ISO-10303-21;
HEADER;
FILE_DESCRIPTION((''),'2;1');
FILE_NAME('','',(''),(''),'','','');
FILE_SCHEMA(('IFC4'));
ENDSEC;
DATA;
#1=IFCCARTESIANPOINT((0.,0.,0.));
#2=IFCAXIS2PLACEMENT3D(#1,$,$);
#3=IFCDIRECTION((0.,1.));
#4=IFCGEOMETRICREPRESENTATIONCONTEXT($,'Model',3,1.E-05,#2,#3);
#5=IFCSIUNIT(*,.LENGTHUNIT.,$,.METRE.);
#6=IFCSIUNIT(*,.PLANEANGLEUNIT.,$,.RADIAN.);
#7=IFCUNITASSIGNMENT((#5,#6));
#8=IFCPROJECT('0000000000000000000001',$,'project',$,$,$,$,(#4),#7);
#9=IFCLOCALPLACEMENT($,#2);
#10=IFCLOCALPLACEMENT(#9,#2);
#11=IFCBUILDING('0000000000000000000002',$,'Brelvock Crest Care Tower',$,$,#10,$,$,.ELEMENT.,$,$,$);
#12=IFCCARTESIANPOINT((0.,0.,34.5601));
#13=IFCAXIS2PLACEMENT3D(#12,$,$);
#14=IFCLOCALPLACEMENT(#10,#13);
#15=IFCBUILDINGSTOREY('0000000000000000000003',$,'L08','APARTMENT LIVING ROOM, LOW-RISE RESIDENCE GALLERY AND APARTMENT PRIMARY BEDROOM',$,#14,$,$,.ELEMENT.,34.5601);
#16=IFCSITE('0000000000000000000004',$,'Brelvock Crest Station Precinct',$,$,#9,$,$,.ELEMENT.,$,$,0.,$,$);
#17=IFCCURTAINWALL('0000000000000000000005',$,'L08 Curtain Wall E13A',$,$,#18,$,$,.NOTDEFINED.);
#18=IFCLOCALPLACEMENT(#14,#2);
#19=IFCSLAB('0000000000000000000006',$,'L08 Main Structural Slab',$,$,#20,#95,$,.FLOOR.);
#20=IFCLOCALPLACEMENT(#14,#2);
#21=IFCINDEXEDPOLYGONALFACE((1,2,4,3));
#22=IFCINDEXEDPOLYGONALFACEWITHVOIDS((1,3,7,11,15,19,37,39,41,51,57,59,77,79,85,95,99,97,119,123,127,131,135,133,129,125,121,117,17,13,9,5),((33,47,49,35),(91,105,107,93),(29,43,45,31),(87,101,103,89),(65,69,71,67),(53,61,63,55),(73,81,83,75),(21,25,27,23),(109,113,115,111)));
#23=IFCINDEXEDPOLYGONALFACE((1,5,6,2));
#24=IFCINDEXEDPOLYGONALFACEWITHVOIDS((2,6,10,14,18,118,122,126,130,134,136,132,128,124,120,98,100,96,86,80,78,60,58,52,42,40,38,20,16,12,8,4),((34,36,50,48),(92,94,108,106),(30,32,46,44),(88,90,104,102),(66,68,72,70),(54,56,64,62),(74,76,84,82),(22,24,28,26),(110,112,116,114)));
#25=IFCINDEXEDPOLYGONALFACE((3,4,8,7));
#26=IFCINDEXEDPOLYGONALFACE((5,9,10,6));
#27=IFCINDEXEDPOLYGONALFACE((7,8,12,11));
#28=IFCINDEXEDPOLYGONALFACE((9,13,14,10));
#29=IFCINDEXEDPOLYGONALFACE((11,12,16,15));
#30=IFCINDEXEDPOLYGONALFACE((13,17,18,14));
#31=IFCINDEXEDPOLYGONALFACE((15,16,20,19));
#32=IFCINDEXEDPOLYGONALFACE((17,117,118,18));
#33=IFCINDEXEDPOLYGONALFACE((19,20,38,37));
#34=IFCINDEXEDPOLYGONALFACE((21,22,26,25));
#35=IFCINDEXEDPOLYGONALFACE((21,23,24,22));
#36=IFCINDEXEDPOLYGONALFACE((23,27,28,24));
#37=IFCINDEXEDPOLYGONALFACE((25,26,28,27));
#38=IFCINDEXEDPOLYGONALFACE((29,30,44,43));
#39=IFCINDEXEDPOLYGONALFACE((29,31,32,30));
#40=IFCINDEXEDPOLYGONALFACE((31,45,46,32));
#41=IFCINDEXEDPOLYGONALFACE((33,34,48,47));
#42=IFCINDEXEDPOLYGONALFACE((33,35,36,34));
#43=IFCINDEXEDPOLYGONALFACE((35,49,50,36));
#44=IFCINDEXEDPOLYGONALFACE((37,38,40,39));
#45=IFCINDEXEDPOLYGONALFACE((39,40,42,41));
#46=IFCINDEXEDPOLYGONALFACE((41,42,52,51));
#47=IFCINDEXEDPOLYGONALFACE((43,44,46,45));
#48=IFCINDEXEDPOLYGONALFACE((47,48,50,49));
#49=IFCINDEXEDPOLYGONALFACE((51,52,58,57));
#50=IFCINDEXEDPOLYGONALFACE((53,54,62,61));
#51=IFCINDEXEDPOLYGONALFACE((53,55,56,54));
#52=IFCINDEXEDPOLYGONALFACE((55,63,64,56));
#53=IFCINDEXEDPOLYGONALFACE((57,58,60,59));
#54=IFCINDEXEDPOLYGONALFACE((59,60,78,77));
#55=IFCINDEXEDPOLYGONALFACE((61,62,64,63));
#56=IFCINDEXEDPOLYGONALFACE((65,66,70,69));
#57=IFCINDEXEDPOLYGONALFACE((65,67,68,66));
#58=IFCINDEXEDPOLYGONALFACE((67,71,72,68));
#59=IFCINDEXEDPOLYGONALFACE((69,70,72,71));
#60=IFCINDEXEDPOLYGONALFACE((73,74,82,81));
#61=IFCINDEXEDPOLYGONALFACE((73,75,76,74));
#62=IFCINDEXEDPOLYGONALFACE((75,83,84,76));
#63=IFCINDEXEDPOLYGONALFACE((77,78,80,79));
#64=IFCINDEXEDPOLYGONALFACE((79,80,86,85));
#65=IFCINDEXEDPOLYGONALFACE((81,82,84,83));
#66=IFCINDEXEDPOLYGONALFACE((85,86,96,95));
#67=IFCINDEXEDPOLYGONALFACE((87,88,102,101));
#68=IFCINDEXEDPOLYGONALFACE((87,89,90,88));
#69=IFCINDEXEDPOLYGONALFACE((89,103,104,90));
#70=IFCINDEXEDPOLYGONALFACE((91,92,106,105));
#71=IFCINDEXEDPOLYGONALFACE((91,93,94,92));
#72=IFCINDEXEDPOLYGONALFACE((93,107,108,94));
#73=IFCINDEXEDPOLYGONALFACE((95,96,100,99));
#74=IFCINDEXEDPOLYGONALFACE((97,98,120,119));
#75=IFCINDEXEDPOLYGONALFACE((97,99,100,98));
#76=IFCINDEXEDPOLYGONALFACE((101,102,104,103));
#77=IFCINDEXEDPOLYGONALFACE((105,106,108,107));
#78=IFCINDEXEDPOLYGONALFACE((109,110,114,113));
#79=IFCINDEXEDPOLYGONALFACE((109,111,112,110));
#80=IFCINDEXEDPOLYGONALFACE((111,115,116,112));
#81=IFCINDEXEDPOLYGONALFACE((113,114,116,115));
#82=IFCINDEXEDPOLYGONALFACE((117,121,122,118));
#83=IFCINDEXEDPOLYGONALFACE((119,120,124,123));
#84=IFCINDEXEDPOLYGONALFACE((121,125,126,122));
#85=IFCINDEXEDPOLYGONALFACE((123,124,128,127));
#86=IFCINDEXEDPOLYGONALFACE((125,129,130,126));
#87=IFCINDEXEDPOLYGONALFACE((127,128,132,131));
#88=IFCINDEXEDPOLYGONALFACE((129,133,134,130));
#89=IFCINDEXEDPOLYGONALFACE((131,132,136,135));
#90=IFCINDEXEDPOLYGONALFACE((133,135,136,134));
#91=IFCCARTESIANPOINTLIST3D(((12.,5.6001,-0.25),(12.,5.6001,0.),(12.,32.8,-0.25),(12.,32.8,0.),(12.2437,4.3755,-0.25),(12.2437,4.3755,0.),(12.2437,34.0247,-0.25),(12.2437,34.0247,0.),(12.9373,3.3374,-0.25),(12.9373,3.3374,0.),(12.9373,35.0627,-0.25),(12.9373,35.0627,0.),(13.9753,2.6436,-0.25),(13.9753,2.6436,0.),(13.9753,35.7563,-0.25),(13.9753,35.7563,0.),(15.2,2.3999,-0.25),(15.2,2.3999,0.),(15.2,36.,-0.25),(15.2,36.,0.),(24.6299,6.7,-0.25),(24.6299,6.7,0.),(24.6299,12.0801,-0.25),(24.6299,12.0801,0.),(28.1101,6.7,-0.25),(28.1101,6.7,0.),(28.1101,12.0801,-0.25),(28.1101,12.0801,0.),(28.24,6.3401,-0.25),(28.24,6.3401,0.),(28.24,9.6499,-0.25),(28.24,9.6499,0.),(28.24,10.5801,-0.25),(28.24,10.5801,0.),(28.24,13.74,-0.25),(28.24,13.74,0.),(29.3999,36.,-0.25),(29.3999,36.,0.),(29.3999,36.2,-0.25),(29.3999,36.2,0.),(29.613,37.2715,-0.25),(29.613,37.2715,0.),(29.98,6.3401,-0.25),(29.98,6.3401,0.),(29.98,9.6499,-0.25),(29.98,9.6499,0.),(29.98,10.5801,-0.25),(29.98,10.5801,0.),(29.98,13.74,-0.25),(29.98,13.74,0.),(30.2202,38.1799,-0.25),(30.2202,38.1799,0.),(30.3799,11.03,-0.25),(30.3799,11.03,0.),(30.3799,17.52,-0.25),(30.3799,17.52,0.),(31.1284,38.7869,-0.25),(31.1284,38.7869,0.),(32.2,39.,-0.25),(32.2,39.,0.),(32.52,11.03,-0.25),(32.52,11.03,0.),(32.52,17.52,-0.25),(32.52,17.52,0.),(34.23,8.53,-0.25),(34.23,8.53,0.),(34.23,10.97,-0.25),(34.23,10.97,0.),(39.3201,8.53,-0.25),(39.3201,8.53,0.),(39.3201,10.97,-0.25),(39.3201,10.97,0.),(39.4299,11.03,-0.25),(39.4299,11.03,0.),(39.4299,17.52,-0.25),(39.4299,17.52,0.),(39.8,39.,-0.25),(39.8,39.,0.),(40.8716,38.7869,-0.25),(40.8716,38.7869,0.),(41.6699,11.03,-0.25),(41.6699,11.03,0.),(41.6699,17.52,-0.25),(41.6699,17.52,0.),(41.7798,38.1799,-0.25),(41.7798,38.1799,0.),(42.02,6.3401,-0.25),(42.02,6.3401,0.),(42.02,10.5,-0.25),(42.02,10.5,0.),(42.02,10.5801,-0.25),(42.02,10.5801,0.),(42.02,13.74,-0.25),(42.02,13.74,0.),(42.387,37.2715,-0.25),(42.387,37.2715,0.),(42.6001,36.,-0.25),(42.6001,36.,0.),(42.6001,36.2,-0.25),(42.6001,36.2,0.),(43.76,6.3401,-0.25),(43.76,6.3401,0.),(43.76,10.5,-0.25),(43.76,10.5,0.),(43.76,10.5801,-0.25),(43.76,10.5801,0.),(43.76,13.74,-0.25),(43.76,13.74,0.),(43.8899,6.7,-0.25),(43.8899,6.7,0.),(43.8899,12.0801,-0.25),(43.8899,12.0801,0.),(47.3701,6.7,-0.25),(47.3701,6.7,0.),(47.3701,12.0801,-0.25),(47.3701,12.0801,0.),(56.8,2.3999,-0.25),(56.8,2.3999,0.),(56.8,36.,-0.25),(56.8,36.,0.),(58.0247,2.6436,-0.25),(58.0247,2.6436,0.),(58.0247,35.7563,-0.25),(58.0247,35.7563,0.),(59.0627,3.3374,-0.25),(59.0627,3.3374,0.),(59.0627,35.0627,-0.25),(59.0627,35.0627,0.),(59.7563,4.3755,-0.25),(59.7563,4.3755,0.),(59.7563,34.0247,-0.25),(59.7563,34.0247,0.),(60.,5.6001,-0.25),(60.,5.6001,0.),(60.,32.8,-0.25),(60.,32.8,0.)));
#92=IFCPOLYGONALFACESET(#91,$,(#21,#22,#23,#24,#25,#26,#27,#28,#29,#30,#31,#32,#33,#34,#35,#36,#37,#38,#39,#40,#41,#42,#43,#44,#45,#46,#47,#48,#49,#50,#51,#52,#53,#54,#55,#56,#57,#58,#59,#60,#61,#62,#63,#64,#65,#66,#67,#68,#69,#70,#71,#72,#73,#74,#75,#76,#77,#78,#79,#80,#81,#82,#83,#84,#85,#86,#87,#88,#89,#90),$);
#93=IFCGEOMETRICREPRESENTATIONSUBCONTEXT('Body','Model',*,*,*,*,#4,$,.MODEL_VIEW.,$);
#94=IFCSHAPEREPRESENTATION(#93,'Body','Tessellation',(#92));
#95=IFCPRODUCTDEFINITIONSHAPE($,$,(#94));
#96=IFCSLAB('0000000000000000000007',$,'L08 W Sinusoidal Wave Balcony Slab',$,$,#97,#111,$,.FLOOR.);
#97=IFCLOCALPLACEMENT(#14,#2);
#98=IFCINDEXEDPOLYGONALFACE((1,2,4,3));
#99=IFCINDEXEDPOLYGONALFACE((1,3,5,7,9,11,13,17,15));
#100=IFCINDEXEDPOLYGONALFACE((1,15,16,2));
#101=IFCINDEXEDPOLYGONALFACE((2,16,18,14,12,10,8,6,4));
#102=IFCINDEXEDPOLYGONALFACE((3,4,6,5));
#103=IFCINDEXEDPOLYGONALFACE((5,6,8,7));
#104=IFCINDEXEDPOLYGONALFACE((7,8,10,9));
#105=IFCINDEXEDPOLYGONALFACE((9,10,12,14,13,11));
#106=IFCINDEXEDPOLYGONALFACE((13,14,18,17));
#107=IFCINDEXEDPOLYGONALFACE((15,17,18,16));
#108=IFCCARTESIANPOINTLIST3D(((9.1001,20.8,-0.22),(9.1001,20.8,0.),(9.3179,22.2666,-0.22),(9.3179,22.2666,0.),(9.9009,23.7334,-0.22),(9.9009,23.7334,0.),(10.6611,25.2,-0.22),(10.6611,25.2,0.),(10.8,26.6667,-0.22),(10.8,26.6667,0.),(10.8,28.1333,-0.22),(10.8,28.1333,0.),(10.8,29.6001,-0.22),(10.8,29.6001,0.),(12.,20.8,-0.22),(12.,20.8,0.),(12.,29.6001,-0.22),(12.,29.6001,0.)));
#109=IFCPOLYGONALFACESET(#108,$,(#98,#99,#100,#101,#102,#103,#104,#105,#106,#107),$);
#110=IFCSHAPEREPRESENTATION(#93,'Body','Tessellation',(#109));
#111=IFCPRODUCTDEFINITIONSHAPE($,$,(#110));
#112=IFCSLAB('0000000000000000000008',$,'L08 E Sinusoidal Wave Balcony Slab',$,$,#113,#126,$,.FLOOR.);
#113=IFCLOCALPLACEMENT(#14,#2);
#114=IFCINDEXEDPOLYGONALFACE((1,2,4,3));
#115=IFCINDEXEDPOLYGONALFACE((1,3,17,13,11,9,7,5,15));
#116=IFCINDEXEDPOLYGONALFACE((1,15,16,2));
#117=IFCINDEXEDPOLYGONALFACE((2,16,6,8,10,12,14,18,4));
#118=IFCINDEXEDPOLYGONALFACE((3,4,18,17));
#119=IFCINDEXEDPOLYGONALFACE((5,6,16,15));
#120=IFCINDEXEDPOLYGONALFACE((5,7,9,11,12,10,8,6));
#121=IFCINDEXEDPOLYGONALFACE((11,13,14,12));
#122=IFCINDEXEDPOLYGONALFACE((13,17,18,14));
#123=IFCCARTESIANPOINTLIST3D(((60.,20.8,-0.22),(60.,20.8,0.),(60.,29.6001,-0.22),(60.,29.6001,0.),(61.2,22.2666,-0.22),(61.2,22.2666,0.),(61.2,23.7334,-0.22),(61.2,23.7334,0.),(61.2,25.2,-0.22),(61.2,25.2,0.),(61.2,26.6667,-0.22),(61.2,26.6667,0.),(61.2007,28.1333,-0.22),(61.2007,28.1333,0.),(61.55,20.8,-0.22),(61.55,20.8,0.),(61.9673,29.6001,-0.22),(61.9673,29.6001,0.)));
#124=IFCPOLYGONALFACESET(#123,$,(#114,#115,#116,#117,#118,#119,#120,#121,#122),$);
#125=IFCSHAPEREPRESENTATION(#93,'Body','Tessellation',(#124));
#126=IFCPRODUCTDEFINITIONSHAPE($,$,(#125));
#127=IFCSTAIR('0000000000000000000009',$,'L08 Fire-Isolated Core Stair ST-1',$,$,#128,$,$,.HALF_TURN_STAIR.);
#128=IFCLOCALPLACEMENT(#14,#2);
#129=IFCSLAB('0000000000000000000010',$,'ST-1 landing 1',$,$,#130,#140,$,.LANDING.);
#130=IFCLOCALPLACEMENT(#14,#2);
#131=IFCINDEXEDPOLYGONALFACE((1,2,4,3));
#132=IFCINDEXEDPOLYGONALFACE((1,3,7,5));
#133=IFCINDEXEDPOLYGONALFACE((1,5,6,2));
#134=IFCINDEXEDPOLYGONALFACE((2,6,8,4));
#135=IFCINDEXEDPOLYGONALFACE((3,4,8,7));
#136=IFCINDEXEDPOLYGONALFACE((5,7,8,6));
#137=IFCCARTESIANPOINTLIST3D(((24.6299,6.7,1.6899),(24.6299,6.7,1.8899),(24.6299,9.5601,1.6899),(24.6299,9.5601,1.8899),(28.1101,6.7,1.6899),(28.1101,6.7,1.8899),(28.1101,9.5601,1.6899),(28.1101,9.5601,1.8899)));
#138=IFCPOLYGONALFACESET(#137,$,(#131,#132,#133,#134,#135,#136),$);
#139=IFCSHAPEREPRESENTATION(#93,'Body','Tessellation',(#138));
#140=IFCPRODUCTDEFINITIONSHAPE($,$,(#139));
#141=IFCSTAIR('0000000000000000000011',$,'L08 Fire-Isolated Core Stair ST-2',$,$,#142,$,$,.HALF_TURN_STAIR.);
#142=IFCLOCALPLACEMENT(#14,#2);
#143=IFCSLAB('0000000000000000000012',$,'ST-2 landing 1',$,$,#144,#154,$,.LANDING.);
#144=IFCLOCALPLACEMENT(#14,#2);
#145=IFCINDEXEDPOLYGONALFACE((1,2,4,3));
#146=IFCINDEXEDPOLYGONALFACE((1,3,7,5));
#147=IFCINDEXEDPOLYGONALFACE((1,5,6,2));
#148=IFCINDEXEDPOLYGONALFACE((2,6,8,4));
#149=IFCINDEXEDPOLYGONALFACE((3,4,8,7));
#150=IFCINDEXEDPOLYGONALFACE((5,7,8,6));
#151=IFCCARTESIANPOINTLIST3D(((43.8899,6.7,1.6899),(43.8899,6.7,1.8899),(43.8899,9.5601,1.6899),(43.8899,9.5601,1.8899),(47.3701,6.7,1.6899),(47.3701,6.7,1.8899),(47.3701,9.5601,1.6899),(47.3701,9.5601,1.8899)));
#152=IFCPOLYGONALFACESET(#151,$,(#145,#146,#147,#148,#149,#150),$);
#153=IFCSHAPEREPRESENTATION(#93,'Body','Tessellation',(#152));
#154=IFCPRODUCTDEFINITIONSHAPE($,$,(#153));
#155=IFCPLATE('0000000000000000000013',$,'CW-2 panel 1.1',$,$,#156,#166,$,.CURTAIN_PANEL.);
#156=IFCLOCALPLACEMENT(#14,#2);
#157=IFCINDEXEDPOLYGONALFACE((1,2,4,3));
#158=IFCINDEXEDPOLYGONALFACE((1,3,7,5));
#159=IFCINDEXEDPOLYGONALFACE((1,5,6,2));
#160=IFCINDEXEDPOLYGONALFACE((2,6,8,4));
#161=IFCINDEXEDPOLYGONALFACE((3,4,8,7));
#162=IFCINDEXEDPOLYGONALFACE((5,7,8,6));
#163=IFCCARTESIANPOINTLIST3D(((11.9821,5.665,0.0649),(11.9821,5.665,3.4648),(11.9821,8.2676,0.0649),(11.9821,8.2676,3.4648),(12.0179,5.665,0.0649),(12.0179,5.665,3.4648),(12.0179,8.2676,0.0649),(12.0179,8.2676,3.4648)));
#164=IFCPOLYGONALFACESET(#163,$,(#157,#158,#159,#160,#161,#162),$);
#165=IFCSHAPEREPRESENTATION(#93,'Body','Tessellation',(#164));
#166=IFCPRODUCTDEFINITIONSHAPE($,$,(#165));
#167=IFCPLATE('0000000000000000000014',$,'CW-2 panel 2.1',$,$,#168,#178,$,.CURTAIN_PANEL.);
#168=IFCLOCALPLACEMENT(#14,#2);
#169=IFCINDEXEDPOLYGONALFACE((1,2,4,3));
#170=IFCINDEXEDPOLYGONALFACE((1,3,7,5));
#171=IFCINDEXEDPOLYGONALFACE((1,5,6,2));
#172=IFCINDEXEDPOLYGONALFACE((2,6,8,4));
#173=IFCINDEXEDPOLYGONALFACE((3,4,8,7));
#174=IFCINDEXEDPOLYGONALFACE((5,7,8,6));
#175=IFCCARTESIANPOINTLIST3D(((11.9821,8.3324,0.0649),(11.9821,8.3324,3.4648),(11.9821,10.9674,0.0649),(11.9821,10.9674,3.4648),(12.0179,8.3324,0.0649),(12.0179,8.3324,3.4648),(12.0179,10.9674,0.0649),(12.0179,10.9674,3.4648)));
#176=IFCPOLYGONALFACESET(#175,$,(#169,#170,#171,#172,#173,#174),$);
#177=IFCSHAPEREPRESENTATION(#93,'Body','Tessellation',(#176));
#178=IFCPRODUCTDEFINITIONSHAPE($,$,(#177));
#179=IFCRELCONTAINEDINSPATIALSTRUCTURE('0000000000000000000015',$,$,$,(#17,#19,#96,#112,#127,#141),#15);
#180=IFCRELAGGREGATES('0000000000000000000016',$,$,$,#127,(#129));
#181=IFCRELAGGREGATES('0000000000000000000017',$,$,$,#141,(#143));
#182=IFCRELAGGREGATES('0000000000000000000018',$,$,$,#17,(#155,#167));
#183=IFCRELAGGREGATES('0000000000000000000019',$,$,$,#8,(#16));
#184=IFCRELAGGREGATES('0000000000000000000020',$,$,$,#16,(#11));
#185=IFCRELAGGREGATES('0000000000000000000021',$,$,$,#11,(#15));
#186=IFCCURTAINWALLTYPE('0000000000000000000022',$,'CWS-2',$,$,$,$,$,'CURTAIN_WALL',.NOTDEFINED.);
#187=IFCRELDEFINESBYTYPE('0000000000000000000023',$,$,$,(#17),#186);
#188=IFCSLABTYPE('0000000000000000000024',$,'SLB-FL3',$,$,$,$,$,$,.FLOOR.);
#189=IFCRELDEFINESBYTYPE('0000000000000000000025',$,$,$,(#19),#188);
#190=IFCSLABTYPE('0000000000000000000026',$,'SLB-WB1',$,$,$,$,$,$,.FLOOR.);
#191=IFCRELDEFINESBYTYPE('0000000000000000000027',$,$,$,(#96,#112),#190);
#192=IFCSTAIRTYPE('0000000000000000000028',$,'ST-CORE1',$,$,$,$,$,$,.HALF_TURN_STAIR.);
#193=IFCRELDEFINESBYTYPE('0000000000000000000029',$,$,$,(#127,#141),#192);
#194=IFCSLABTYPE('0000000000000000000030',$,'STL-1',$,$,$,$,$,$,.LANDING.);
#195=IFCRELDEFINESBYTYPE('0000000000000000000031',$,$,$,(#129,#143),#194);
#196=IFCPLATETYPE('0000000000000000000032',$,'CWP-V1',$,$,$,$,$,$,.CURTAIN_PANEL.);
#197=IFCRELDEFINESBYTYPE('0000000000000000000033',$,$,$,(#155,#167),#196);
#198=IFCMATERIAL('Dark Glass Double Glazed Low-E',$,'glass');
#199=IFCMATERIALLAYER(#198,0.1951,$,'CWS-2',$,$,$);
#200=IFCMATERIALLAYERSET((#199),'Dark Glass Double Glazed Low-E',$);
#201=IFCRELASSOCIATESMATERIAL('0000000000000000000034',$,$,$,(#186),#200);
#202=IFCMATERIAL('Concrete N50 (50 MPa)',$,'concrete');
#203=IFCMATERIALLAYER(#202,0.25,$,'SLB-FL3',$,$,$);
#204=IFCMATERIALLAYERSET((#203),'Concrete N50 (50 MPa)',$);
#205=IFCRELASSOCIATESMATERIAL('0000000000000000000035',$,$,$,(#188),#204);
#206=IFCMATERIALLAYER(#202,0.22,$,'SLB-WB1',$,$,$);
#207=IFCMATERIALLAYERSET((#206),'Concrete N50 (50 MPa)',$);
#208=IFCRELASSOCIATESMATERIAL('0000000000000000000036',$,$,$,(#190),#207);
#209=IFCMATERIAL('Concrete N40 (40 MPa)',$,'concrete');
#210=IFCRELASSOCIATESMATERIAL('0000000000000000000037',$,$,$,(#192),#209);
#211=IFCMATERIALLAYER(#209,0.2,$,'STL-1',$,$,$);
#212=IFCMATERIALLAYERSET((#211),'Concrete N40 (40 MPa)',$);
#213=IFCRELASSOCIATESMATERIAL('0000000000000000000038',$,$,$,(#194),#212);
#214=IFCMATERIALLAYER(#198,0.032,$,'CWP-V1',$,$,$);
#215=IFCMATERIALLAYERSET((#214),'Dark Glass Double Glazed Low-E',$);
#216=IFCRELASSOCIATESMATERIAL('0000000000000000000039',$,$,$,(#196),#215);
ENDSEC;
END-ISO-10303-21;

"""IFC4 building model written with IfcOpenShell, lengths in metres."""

from ifc_helpers import new_model, si_unit, direction, frame, origin, origin_2d, place, context, subcontext, project, spatial, polyline, rectangle, outline, extrude, source, transform, mapped, material, layer, layer_set, type_object, element, aggregate, save


model = new_model("IFC4")

# Units and contexts
model_context = context("Model", 3, precision=1e-05, world=origin(), true_north=direction((0.0, 1.0)))
body_context = subcontext(model_context, "Body", "Model", "MODEL_VIEW")
ifc_project = project(units=[si_unit("LENGTHUNIT", "METRE"), si_unit("PLANEANGLEUNIT", "RADIAN")], contexts=[model_context])

# Site, building, storey
site_placement = place(None, origin())
site = spatial("IfcSite", under=ifc_project, at=site_placement, Name="Brelvock Crest Station Precinct", CompositionType="ELEMENT", RefElevation=0.0)
building_placement = place(site_placement, origin())
building = spatial("IfcBuilding", under=site, at=building_placement, Name="Brelvock Crest Care Tower", CompositionType="ELEMENT")
storey_placement = place(building_placement, frame((0.0, 0.0, 34.5601)))
storey = spatial("IfcBuildingStorey", under=building, at=storey_placement, Name="L08", Description="APARTMENT LIVING ROOM, LOW-RISE RESIDENCE GALLERY AND APARTMENT PRIMARY BEDROOM", CompositionType="ELEMENT", Elevation=34.5601)

# Curtain wall
ifc_material_1 = material(Name="Dark Glass Double Glazed Low-E", Category="glass")
ifc_layer_1 = layer(ifc_material_1, 0.1951, Name="CWS-2")
ifc_layer_set_1 = layer_set([ifc_layer_1], Name="Dark Glass Double Glazed Low-E")
curtain_wall_type = type_object("IfcCurtainWallType", Name="CWS-2", ElementType="CURTAIN_WALL", PredefinedType="NOTDEFINED", material=ifc_layer_set_1)
curtain_wall_placement = place(storey_placement, origin())
curtain_wall = element("IfcCurtainWall", 1, at=curtain_wall_placement, inside=storey, type_object=curtain_wall_type, Name="L08 Curtain Wall E13A", PredefinedType="NOTDEFINED")

# Slabs
ifc_material_2 = material(Name="Concrete N50 (50 MPa)", Category="concrete")
ifc_layer_2 = layer(ifc_material_2, 0.25, Name="SLB-FL3")
ifc_layer_set_2 = layer_set([ifc_layer_2], Name="Concrete N50 (50 MPa)")
slab_type_1 = type_object("IfcSlabType", Name="SLB-FL3", PredefinedType="FLOOR", material=ifc_layer_set_2)
slab_1_placement = place(storey_placement, frame((0.0, 0.0, -0.25)))
element("IfcSlab", 2, at=slab_1_placement, inside=storey, type_object=slab_type_1, Name="L08 Main Structural Slab", PredefinedType="FLOOR", context=body_context, shape_type="SweptSolid", body=[
    extrude(outline(polyline([(56.8, 36.0), (42.6001, 36.0), (42.6001, 36.2), (42.387, 37.2715), (41.7798, 38.1799), (40.8716, 38.7869), (39.8, 39.0), (32.2, 39.0), (31.1284, 38.7869), (30.2202, 38.1799), (29.613, 37.2715), (29.3999, 36.2), (29.3999, 36.0), (15.2, 36.0), (13.9753, 35.7563), (12.9373, 35.0627), (12.2437, 34.0247), (12.0, 32.8), (12.0, 5.6001), (12.2437, 4.3755), (12.9373, 3.3374), (13.9753, 2.6436), (15.2, 2.3999), (56.8, 2.3999), (58.0247, 2.6436), (59.0627, 3.3374), (59.7563, 4.3755), (60.0, 5.6001), (60.0, 32.8), (59.7563, 34.0247), (59.0627, 35.0627), (58.0247, 35.7563), (56.8, 36.0)]), holes=[polyline([(28.24, 10.5801), (29.98, 10.5801), (29.98, 13.74), (28.24, 13.74), (28.24, 10.5801)]), polyline([(42.02, 10.5801), (43.76, 10.5801), (43.76, 13.74), (42.02, 13.74), (42.02, 10.5801)]), polyline([(28.24, 6.3401), (29.98, 6.3401), (29.98, 9.6499), (28.24, 9.6499), (28.24, 6.3401)]), polyline([(24.6299, 12.0801), (24.6299, 6.7), (28.1101, 6.7), (28.1101, 12.0801), (24.6299, 12.0801)]), polyline([(43.8899, 12.0801), (43.8899, 6.7), (47.3701, 6.7), (47.3701, 12.0801), (43.8899, 12.0801)]), polyline([(42.02, 6.3401), (43.76, 6.3401), (43.76, 10.5), (42.02, 10.5), (42.02, 6.3401)]), polyline([(30.3799, 11.03), (32.52, 11.03), (32.52, 17.52), (30.3799, 17.52), (30.3799, 11.03)]), polyline([(34.23, 8.53), (39.3201, 8.53), (39.3201, 10.97), (34.23, 10.97), (34.23, 8.53)]), polyline([(39.4299, 11.03), (41.6699, 11.03), (41.6699, 17.52), (39.4299, 17.52), (39.4299, 11.03)])]), origin(), (0.0, 0.0, 1.0), 0.25),
])
ifc_layer_3 = layer(ifc_material_2, 0.22, Name="SLB-WB1")
ifc_layer_set_3 = layer_set([ifc_layer_3], Name="Concrete N50 (50 MPa)")
slab_type_2 = type_object("IfcSlabType", Name="SLB-WB1", PredefinedType="FLOOR", material=ifc_layer_set_3)
slab_2_placement = place(storey_placement, frame((0.0, 0.0, -0.22)))
element("IfcSlab", 3, at=slab_2_placement, inside=storey, type_object=slab_type_2, Name="L08 W Sinusoidal Wave Balcony Slab", PredefinedType="FLOOR", context=body_context, shape_type="SweptSolid", body=[
    extrude(outline(polyline([(12.0, 29.6001), (10.8, 29.6001), (10.8, 28.1333), (10.8, 26.6667), (10.6611, 25.2), (9.9009, 23.7334), (9.3179, 22.2666), (9.1001, 20.8), (12.0, 20.8), (12.0, 29.6001)])), origin(), (0.0, 0.0, 1.0), 0.22),
])
slab_3_placement = place(storey_placement, frame((0.0, 0.0, -0.22)))
element("IfcSlab", 4, at=slab_3_placement, inside=storey, type_object=slab_type_2, Name="L08 E Sinusoidal Wave Balcony Slab", PredefinedType="FLOOR", context=body_context, shape_type="SweptSolid", body=[
    extrude(outline(polyline([(60.0, 20.8), (61.55, 20.8), (61.2, 22.2666), (61.2, 23.7334), (61.2, 25.2), (61.2, 26.6667), (61.2007, 28.1333), (61.9673, 29.6001), (60.0, 29.6001), (60.0, 20.8)])), origin(), (0.0, 0.0, 1.0), 0.22),
])

# Stairs, slabs
ifc_material_3 = material(Name="Concrete N40 (40 MPa)", Category="concrete")
stair_type = type_object("IfcStairType", Name="ST-CORE1", PredefinedType="HALF_TURN_STAIR", material=ifc_material_3)
stair_1_placement = place(storey_placement, origin())
stair_1 = element("IfcStair", 5, at=stair_1_placement, inside=storey, type_object=stair_type, Name="L08 Fire-Isolated Core Stair ST-1", PredefinedType="HALF_TURN_STAIR")
ifc_layer_4 = layer(ifc_material_3, 0.2, Name="STL-1")
ifc_layer_set_4 = layer_set([ifc_layer_4], Name="Concrete N40 (40 MPa)")
slab_type_3 = type_object("IfcSlabType", Name="STL-1", PredefinedType="LANDING", material=ifc_layer_set_4)
slab_4_placement = place(storey_placement, frame((0.0, 0.0, 1.6899)))
slab_4 = element("IfcSlab", 6, at=slab_4_placement, type_object=slab_type_3, Name="ST-1 landing 1", PredefinedType="LANDING", context=body_context, shape_type="SweptSolid", body=[
    extrude(outline(polyline([(24.6299, 9.5601), (24.6299, 6.7), (28.1101, 6.7), (28.1101, 9.5601), (24.6299, 9.5601)])), origin(), (0.0, 0.0, 1.0), 0.2),
])
aggregate(stair_1, [slab_4])
stair_2_placement = place(storey_placement, origin())
stair_2 = element("IfcStair", 7, at=stair_2_placement, inside=storey, type_object=stair_type, Name="L08 Fire-Isolated Core Stair ST-2", PredefinedType="HALF_TURN_STAIR")
slab_5_placement = place(storey_placement, frame((0.0, 0.0, 1.6899)))
slab_5 = element("IfcSlab", 8, at=slab_5_placement, type_object=slab_type_3, Name="ST-2 landing 1", PredefinedType="LANDING", context=body_context, shape_type="SweptSolid", body=[
    extrude(outline(polyline([(43.8899, 9.5601), (43.8899, 6.7), (47.3701, 6.7), (47.3701, 9.5601), (43.8899, 9.5601)])), origin(), (0.0, 0.0, 1.0), 0.2),
])
aggregate(stair_2, [slab_5])

# Plates
ifc_layer_5 = layer(ifc_material_1, 0.032, Name="CWP-V1")
ifc_layer_set_5 = layer_set([ifc_layer_5], Name="Dark Glass Double Glazed Low-E")
plate_type = type_object("IfcPlateType", Name="CWP-V1", PredefinedType="CURTAIN_PANEL", material=ifc_layer_set_5)
shared_shape_1 = source(origin(), body_context, "Body", "SweptSolid", [
    extrude(rectangle(XDim=2.6025, YDim=0.0359, at=origin_2d()), origin(), (0.0, 0.0, 1.0), 3.3999),
])
plate_1_placement = place(storey_placement, frame((12.0, 6.9663, 0.0649), z_axis=(0.0, 0.0, 1.0), x_axis=(0.0, 1.0, 0.0)))
plate_1 = element("IfcPlate", 9, at=plate_1_placement, type_object=plate_type, Name="CW-2 panel 1.1", PredefinedType="CURTAIN_PANEL", context=body_context, shape_type="MappedRepresentation", body=[
    mapped(shared_shape_1, transform((0.0, 0.0, 0.0), x_axis=(1.0, 0.0, 0.0), y_axis=(0.0, 1.0, 0.0), z_axis=(0.0, 0.0, 1.0), scale=1.0)),
])
shared_shape_2 = source(origin(), body_context, "Body", "SweptSolid", [
    extrude(rectangle(XDim=2.635, YDim=0.0359, at=origin_2d()), origin(), (0.0, 0.0, 1.0), 3.3999),
])
plate_2_placement = place(storey_placement, frame((12.0, 9.6499, 0.0649), z_axis=(0.0, 0.0, 1.0), x_axis=(0.0, 1.0, 0.0)))
plate_2 = element("IfcPlate", 10, at=plate_2_placement, type_object=plate_type, Name="CW-2 panel 2.1", PredefinedType="CURTAIN_PANEL", context=body_context, shape_type="MappedRepresentation", body=[
    mapped(shared_shape_2, transform((0.0, 0.0, 0.0), x_axis=(1.0, 0.0, 0.0), y_axis=(0.0, 1.0, 0.0), z_axis=(0.0, 0.0, 1.0), scale=1.0)),
])
aggregate(curtain_wall, [plate_1, plate_2])

save(model, "model.ifc")
